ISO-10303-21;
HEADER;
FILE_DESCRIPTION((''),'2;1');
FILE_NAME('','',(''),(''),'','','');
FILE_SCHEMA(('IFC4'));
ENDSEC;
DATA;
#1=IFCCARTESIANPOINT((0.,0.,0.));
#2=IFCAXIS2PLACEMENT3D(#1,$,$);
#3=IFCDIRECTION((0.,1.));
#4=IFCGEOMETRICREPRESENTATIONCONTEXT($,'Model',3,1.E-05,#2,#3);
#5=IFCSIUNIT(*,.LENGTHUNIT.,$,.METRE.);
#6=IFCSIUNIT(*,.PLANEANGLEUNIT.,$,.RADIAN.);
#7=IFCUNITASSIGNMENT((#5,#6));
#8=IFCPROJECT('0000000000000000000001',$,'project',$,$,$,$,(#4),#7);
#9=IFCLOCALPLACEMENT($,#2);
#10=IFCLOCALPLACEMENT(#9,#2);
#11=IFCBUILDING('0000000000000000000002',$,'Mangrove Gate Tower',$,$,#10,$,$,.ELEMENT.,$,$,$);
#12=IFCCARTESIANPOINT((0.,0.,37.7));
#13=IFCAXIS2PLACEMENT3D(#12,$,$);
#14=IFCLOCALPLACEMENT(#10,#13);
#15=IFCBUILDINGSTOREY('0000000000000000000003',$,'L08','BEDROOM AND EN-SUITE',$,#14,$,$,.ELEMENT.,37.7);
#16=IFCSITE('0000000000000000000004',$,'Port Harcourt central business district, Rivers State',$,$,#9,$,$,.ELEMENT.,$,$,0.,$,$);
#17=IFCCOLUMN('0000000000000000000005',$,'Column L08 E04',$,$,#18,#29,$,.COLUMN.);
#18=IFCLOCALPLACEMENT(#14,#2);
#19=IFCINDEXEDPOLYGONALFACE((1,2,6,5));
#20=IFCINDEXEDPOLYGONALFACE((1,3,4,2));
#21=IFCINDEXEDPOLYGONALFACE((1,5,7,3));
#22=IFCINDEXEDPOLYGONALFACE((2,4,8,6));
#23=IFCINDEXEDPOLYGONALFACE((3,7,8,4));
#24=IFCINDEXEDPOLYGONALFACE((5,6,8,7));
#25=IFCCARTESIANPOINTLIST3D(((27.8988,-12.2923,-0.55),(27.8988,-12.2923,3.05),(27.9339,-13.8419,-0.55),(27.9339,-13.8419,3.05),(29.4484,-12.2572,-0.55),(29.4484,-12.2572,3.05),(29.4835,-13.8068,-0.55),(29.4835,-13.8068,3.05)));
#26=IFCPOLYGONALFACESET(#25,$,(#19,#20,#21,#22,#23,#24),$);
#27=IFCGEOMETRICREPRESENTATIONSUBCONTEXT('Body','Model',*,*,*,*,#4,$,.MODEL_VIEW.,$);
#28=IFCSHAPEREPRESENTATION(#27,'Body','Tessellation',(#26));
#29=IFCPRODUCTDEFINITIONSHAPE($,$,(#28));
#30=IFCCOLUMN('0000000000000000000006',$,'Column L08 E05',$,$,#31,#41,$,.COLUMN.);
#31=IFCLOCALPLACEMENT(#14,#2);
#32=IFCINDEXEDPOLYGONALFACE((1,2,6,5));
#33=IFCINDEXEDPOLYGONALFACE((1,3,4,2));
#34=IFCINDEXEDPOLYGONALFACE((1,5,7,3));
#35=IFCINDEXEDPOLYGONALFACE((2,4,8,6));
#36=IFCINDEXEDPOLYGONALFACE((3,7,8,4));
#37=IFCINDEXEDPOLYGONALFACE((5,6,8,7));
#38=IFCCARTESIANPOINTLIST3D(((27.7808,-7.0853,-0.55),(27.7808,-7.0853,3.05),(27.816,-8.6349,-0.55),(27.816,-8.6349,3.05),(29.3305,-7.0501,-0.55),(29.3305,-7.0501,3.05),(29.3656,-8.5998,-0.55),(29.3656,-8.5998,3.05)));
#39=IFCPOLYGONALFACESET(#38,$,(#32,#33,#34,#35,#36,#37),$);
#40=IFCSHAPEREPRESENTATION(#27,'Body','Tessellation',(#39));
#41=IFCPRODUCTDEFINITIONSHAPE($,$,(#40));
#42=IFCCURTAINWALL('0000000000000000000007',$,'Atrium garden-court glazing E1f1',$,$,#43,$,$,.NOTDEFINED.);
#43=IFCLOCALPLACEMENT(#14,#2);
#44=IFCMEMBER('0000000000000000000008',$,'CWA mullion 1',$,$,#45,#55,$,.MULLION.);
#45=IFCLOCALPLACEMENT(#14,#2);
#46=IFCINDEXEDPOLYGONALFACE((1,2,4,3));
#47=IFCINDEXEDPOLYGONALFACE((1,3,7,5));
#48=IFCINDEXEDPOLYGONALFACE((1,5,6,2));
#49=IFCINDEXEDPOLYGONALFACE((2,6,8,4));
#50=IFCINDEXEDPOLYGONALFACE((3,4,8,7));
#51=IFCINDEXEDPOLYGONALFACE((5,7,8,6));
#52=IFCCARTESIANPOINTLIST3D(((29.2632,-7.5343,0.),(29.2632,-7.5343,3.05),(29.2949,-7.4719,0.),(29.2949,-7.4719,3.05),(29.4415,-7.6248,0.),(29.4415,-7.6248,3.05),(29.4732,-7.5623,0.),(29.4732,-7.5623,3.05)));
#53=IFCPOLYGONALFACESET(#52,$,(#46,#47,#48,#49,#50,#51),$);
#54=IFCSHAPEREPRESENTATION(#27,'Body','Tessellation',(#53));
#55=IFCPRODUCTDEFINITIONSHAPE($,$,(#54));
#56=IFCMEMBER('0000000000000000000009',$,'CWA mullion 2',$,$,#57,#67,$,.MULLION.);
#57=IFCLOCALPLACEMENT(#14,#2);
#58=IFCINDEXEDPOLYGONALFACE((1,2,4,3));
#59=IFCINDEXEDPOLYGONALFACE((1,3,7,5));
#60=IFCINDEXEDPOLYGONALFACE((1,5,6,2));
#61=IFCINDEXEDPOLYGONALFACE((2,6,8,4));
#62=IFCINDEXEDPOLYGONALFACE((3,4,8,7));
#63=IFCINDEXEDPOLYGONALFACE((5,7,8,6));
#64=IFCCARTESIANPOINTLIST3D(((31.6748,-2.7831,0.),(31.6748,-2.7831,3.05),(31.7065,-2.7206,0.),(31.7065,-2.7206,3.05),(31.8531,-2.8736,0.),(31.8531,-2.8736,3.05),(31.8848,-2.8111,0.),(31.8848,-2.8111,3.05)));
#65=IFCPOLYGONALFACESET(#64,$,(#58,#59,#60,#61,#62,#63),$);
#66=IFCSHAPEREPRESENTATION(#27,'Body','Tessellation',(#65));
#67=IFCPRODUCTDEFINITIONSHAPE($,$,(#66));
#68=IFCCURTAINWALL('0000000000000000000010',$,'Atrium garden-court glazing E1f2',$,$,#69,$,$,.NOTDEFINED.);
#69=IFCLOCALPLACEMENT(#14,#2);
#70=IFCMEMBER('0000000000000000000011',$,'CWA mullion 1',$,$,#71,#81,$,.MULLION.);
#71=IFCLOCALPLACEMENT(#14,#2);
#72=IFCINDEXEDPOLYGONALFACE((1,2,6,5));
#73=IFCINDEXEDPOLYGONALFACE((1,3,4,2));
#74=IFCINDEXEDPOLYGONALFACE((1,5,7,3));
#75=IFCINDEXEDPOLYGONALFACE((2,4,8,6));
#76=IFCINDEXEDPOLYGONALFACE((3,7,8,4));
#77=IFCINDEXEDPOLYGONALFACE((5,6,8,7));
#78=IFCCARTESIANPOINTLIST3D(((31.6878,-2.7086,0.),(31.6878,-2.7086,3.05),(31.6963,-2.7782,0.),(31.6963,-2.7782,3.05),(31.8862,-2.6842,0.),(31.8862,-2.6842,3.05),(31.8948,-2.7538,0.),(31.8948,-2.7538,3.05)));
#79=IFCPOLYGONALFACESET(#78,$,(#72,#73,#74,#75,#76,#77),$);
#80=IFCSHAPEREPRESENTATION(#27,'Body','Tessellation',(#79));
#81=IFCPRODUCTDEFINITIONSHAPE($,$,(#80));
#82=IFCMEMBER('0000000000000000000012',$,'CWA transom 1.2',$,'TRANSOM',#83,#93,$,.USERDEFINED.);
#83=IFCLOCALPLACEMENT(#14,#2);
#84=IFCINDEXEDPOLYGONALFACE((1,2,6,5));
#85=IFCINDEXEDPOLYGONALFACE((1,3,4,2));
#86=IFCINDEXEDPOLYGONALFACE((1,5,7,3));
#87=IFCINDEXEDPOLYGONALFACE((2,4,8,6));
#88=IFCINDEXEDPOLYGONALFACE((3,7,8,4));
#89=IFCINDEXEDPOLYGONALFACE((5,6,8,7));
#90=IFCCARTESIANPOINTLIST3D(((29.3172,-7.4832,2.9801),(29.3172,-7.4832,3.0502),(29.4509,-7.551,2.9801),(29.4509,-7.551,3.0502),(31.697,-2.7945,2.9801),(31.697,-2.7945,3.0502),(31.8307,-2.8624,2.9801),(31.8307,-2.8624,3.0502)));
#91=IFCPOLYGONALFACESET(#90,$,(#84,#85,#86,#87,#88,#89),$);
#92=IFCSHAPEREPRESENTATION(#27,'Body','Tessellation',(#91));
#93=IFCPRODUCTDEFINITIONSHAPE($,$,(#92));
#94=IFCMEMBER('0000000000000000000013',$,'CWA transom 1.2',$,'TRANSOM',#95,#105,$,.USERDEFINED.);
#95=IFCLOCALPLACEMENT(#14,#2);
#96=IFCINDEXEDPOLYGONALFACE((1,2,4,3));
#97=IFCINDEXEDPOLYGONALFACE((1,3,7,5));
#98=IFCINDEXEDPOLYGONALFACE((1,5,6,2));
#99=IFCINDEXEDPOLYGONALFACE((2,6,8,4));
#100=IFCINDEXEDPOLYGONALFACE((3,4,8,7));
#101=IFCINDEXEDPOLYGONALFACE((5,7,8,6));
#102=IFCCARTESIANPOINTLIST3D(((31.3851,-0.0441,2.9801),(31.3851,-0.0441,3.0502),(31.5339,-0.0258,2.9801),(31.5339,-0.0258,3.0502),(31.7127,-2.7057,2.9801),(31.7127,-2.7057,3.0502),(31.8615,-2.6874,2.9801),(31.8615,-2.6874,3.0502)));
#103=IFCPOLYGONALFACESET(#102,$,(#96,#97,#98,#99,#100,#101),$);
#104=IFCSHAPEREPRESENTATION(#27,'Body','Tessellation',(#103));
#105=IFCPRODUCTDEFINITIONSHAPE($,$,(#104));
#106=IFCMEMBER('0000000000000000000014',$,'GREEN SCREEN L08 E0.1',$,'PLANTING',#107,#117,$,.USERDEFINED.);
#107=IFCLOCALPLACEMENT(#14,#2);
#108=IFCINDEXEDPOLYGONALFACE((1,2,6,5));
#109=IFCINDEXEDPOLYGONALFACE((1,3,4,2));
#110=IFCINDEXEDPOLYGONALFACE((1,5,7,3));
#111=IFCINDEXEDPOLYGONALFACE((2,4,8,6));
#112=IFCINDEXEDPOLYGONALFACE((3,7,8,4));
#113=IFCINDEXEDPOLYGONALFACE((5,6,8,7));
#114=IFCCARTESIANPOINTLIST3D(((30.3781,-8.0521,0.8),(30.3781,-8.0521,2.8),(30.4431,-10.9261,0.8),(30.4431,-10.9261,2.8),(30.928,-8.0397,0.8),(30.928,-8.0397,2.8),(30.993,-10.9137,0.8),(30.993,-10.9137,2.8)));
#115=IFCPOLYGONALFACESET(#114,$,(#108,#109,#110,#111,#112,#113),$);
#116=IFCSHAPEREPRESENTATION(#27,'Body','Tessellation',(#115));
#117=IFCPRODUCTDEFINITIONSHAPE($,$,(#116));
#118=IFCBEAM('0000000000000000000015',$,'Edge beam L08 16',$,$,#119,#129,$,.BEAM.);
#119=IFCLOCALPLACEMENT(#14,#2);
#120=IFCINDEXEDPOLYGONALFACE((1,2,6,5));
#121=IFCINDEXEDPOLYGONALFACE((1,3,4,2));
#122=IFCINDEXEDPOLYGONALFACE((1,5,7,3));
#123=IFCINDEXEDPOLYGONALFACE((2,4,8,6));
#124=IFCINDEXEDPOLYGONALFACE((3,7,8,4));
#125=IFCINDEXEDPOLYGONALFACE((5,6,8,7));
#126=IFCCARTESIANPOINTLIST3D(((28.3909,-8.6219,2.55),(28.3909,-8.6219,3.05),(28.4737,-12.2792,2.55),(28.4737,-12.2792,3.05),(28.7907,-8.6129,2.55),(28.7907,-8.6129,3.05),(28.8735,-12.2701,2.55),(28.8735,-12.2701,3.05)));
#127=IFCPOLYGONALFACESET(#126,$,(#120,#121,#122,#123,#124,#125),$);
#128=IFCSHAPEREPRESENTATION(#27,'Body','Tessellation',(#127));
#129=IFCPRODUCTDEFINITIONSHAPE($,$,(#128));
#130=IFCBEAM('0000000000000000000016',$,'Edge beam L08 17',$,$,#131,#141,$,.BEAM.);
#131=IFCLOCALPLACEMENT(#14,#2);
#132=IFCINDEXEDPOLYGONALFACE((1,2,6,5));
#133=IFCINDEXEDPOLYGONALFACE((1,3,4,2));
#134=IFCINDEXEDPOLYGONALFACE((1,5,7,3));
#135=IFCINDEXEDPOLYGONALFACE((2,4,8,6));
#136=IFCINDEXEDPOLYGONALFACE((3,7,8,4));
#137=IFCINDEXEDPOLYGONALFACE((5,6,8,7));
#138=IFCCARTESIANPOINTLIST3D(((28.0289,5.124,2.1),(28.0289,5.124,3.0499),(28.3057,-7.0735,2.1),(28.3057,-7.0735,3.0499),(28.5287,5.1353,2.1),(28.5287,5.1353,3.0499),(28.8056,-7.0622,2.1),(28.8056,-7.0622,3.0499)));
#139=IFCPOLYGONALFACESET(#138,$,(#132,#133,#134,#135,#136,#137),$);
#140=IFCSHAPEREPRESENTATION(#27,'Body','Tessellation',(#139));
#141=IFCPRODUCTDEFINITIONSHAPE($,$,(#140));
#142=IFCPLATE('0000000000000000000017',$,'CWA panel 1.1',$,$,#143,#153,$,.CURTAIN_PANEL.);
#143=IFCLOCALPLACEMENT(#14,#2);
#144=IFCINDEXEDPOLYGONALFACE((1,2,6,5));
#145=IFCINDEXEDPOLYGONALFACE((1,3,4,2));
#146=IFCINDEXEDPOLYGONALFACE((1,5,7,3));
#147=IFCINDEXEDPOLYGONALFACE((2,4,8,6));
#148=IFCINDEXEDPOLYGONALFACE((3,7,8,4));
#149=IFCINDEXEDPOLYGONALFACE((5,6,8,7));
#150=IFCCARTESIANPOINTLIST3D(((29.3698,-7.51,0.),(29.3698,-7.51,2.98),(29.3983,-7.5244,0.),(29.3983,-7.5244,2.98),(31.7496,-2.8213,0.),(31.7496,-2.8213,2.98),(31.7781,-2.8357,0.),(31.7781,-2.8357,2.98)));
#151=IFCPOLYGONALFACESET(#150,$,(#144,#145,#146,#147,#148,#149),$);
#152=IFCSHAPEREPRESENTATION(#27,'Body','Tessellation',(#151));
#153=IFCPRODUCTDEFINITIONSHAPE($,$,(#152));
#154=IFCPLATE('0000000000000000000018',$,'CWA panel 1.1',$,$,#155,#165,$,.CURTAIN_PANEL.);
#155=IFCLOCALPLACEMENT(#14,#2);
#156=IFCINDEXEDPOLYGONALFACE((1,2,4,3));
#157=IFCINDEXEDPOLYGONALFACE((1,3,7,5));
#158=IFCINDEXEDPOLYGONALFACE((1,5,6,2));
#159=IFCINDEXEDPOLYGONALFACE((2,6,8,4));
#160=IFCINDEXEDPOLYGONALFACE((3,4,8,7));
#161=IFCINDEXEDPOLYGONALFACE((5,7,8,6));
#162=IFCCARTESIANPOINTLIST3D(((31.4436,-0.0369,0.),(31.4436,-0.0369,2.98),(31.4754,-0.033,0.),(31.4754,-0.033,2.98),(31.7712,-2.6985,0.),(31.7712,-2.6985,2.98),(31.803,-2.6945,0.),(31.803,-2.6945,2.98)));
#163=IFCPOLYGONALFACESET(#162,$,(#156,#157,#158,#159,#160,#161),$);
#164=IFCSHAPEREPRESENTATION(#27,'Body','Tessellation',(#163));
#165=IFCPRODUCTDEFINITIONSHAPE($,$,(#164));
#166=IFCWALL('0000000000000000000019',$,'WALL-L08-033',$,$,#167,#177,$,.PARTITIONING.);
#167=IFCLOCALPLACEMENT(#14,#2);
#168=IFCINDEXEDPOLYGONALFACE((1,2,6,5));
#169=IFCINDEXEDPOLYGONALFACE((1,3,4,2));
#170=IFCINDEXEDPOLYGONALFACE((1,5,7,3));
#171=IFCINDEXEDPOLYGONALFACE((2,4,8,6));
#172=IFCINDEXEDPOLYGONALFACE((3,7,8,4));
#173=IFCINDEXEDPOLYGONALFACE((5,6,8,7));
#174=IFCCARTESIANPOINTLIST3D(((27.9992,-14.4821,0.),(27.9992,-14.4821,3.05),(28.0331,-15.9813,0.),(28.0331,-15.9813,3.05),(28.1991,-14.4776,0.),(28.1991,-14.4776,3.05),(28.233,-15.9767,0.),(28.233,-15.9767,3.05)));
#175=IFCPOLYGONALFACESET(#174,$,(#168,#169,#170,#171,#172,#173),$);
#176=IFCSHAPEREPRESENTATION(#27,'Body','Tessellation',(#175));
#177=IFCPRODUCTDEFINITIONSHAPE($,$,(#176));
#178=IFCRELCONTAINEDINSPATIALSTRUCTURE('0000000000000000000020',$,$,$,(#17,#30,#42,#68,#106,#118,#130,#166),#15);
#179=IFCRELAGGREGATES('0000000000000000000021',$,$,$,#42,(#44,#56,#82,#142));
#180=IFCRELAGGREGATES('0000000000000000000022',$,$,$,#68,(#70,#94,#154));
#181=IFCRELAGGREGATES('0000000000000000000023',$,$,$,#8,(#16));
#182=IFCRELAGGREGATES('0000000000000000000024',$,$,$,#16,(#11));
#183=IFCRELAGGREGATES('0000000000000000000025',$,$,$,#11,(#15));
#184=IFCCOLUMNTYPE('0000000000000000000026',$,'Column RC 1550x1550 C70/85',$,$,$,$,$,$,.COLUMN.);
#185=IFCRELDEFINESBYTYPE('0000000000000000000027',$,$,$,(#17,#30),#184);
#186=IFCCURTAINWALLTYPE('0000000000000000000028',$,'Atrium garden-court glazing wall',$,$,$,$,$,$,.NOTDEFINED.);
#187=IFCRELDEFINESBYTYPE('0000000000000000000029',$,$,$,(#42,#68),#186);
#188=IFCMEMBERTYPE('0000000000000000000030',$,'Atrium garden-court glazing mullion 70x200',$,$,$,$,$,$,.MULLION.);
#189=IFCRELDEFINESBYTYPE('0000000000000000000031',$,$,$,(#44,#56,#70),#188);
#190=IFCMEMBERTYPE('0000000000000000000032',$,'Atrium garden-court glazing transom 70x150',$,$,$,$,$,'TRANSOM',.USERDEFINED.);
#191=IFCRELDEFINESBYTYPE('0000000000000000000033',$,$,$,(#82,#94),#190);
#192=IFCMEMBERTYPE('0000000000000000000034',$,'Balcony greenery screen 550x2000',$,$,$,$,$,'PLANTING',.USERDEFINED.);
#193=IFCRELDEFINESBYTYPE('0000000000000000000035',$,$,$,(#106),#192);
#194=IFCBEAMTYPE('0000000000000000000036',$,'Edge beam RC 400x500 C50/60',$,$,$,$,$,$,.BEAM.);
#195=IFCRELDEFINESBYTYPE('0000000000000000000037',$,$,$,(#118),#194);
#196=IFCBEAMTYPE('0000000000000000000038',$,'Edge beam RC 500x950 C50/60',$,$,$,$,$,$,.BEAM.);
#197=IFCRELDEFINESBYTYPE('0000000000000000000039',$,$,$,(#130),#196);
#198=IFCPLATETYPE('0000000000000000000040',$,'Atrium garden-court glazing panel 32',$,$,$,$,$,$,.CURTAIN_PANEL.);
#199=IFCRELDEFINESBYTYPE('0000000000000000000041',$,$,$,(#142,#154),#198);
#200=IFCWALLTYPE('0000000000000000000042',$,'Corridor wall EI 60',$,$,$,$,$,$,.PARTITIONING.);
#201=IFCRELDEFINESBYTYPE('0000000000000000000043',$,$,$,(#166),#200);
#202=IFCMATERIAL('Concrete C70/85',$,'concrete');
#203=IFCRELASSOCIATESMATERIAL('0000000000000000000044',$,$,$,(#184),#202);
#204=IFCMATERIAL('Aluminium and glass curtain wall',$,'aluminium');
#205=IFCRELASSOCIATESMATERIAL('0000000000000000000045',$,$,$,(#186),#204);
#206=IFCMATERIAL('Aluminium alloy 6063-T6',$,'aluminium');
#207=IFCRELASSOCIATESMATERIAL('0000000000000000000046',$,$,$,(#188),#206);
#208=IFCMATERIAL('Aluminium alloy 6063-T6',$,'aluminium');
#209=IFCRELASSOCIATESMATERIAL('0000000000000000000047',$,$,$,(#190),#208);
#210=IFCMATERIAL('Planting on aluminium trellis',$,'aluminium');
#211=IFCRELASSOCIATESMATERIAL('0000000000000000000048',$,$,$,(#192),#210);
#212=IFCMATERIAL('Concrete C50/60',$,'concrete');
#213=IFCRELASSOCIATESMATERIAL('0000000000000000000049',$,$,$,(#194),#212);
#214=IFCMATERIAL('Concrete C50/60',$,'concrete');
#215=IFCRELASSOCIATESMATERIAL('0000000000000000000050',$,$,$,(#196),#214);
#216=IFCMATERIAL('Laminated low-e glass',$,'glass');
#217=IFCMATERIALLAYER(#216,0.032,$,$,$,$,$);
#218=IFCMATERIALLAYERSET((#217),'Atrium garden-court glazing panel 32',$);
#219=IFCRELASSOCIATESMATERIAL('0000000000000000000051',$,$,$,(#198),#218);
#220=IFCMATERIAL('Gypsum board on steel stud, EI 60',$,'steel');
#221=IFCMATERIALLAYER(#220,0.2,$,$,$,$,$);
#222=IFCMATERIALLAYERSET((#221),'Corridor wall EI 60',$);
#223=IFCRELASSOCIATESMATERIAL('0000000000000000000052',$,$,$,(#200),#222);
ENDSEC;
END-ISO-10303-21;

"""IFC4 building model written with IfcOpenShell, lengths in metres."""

from ifc_helpers import new_model, si_unit, direction, frame, frame_2d, origin, origin_2d, place, context, subcontext, project, spatial, rectangle, extrude, material, layer, layer_set, material_profile, profile_set, type_object, element, aggregate, save


model = new_model("IFC4")

# Units and contexts
model_context = context("Model", 3, precision=1e-05, world=origin(), true_north=direction((0.0, 1.0)))
body_context = subcontext(model_context, "Body", "Model", "MODEL_VIEW")
ifc_project = project(units=[si_unit("LENGTHUNIT", "METRE"), si_unit("PLANEANGLEUNIT", "RADIAN")], contexts=[model_context])

# Site, building, storey
site_placement = place(None, origin())
site = spatial("IfcSite", under=ifc_project, at=site_placement, Name="Port Harcourt central business district, Rivers State", CompositionType="ELEMENT", RefElevation=0.0)
building_placement = place(site_placement, origin())
building = spatial("IfcBuilding", under=site, at=building_placement, Name="Mangrove Gate Tower", CompositionType="ELEMENT")
storey_placement = place(building_placement, frame((0.0, 0.0, 37.7)))
storey = spatial("IfcBuildingStorey", under=building, at=storey_placement, Name="L08", Description="BEDROOM AND EN-SUITE", CompositionType="ELEMENT", Elevation=37.7)

# Columns
ifc_material_1 = material(Name="Concrete C70/85", Category="concrete")
ifc_material_profile_1 = material_profile(ifc_material_1, rectangle(XDim=1.55, YDim=1.55, at=origin_2d()))
ifc_profile_set_1 = profile_set([ifc_material_profile_1], Name="Concrete C70/85")
column_type = type_object("IfcColumnType", Name="Column RC 1550x1550 C70/85", PredefinedType="COLUMN", material=ifc_profile_set_1)
for number, where, z_axis, x_axis, name in (
    (1, (28.6912, -13.0496, -0.55), (0.0, 0.0, 1.0), (-0.022656, 0.999743, 0.0), "Column L08 E04"),
    (2, (28.5732, -7.8425, -0.55), (0.0, 0.0, 1.0), (-0.022681, 0.999743, 0.0), "Column L08 E05"),
):
    element("IfcColumn", number, at=place(storey_placement, frame(where, z_axis=z_axis, x_axis=x_axis)), inside=storey, type_object=column_type, Name=name, PredefinedType="COLUMN", context=body_context, shape_type="SweptSolid", body=[
        extrude(rectangle(XDim=1.55, YDim=1.55, at=origin_2d()), origin(), (0.0, 0.0, 1.0), 3.6001),
    ])

# Curtain wall, members
ifc_material_2 = material(Name="Aluminium and glass curtain wall", Category="aluminium")
curtain_wall_type = type_object("IfcCurtainWallType", Name="Atrium garden-court glazing wall", PredefinedType="NOTDEFINED", material=ifc_material_2)
curtain_wall_1_placement = place(storey_placement, origin())
curtain_wall_1 = element("IfcCurtainWall", 3, at=curtain_wall_1_placement, inside=storey, type_object=curtain_wall_type, Name="Atrium garden-court glazing E1f1", PredefinedType="NOTDEFINED")
ifc_material_3 = material(Name="Aluminium alloy 6063-T6", Category="aluminium")
ifc_material_profile_2 = material_profile(ifc_material_3, rectangle(XDim=0.0701, YDim=0.2, at=origin_2d()))
ifc_profile_set_2 = profile_set([ifc_material_profile_2], Name="Aluminium alloy 6063-T6")
member_type_1 = type_object("IfcMemberType", Name="Atrium garden-court glazing mullion 70x200", PredefinedType="MULLION", material=ifc_profile_set_2)
member_1_placement = place(storey_placement, frame((29.3682, -7.5483, 0.0), z_axis=(0.0, 0.0, 1.0), x_axis=(0.4526, 0.891714, 0.0)))
member_1 = element("IfcMember", 4, at=member_1_placement, type_object=member_type_1, Name="CWA mullion 1", PredefinedType="MULLION", context=body_context, shape_type="SweptSolid", body=[
    extrude(rectangle(XDim=0.0701, YDim=0.2, at=origin_2d()), origin(), (0.0, 0.0, 1.0), 3.05),
])
member_2_placement = place(storey_placement, frame((31.7798, -2.7971, 0.0), z_axis=(0.0, 0.0, 1.0), x_axis=(0.4526, 0.891714, 0.0)))
member_2 = element("IfcMember", 5, at=member_2_placement, type_object=member_type_1, Name="CWA mullion 2", PredefinedType="MULLION", context=body_context, shape_type="SweptSolid", body=[
    extrude(rectangle(XDim=0.0701, YDim=0.2, at=origin_2d()), origin(), (0.0, 0.0, 1.0), 3.05),
])

# Curtain wall, member
curtain_wall_2_placement = place(storey_placement, origin())
curtain_wall_2 = element("IfcCurtainWall", 6, at=curtain_wall_2_placement, inside=storey, type_object=curtain_wall_type, Name="Atrium garden-court glazing E1f2", PredefinedType="NOTDEFINED")
member_3_placement = place(storey_placement, frame((31.7913, -2.7312, 0.0), z_axis=(0.0, 0.0, 1.0), x_axis=(-0.122172, 0.992509, 0.0)))
member_3 = element("IfcMember", 7, at=member_3_placement, type_object=member_type_1, Name="CWA mullion 1", PredefinedType="MULLION", context=body_context, shape_type="SweptSolid", body=[
    extrude(rectangle(XDim=0.0701, YDim=0.2, at=origin_2d()), origin(), (0.0, 0.0, 1.0), 3.05),
])

# Members
ifc_material_4 = material(Name="Aluminium alloy 6063-T6", Category="aluminium")
ifc_material_profile_3 = material_profile(ifc_material_4, rectangle(XDim=0.0701, YDim=0.1499, at=origin_2d()))
ifc_profile_set_3 = profile_set([ifc_material_profile_3], Name="Aluminium alloy 6063-T6")
member_type_2 = type_object("IfcMemberType", Name="Atrium garden-court glazing transom 70x150", ElementType="TRANSOM", PredefinedType="USERDEFINED", material=ifc_profile_set_3)
member_4_placement = place(storey_placement, frame((29.384, -7.5171, 3.0151), z_axis=(0.45261, 0.891709, 0.0), x_axis=(0.0, 0.0, 1.0)))
member_4 = element("IfcMember", 8, at=member_4_placement, type_object=member_type_2, Name="CWA transom 1.2", ObjectType="TRANSOM", PredefinedType="USERDEFINED", context=body_context, shape_type="SweptSolid", body=[
    extrude(rectangle(XDim=0.0701, YDim=0.1499, at=origin_2d()), origin(), (0.0, 0.0, 1.0), 5.2581),
])
member_5_placement = place(storey_placement, frame((31.7871, -2.6965, 3.0151), z_axis=(-0.122175, 0.992509, 0.0), x_axis=(0.0, 0.0, 1.0)))
member_5 = element("IfcMember", 9, at=member_5_placement, type_object=member_type_2, Name="CWA transom 1.2", ObjectType="TRANSOM", PredefinedType="USERDEFINED", context=body_context, shape_type="SweptSolid", body=[
    extrude(rectangle(XDim=0.0701, YDim=0.1499, at=origin_2d()), origin(), (0.0, 0.0, 1.0), 2.6816),
])
ifc_material_5 = material(Name="Planting on aluminium trellis", Category="aluminium")
ifc_material_profile_4 = material_profile(ifc_material_5, rectangle(XDim=0.55, YDim=2.0, at=origin_2d()))
ifc_profile_set_4 = profile_set([ifc_material_profile_4], Name="Planting on aluminium trellis")
member_type_3 = type_object("IfcMemberType", Name="Balcony greenery screen 550x2000", ElementType="PLANTING", PredefinedType="USERDEFINED", material=ifc_profile_set_4)
member_6_placement = place(storey_placement, frame((30.718, -10.9199, 1.8), z_axis=(-0.02259, 0.999745, 0.0), x_axis=(-0.999745, -0.02259, 0.0)))
element("IfcMember", 10, at=member_6_placement, inside=storey, type_object=member_type_3, Name="GREEN SCREEN L08 E0.1", ObjectType="PLANTING", PredefinedType="USERDEFINED", context=body_context, shape_type="SweptSolid", body=[
    extrude(rectangle(XDim=0.55, YDim=2.0, at=origin_2d()), origin(), (0.0, 0.0, 1.0), 2.8748),
])

# Beams
ifc_material_6 = material(Name="Concrete C50/60", Category="concrete")
ifc_material_profile_5 = material_profile(ifc_material_6, rectangle(XDim=0.3999, YDim=0.5, at=origin_2d()))
ifc_profile_set_5 = profile_set([ifc_material_profile_5], Name="Concrete C50/60")
beam_type_1 = type_object("IfcBeamType", Name="Edge beam RC 400x500 C50/60", PredefinedType="BEAM", material=ifc_profile_set_5)
beam_1_placement = place(storey_placement, frame((28.6736, -12.2747, 2.8), z_axis=(-0.022624, 0.999744, 0.0), x_axis=(-0.999744, -0.022624, 0.0)))
element("IfcBeam", 11, at=beam_1_placement, inside=storey, type_object=beam_type_1, Name="Edge beam L08 16", PredefinedType="BEAM", context=body_context, shape_type="SweptSolid", body=[
    extrude(rectangle(XDim=0.3999, YDim=0.5, at=origin_2d()), origin(), (0.0, 0.0, 1.0), 3.6582),
])
ifc_material_7 = material(Name="Concrete C50/60", Category="concrete")
ifc_material_profile_6 = material_profile(ifc_material_7, rectangle(XDim=0.5, YDim=0.95, at=origin_2d()))
ifc_profile_set_6 = profile_set([ifc_material_profile_6], Name="Concrete C50/60")
beam_type_2 = type_object("IfcBeamType", Name="Edge beam RC 500x950 C50/60", PredefinedType="BEAM", material=ifc_profile_set_6)
beam_2_placement = place(storey_placement, frame((28.5557, -7.0679, 2.575), z_axis=(-0.022692, 0.999743, 0.0), x_axis=(-0.999743, -0.022692, 0.0)))
element("IfcBeam", 12, at=beam_2_placement, inside=storey, type_object=beam_type_2, Name="Edge beam L08 17", PredefinedType="BEAM", context=body_context, shape_type="SweptSolid", body=[
    extrude(rectangle(XDim=0.5, YDim=0.95, at=origin_2d()), origin(), (0.0, 0.0, 1.0), 12.2007),
])

# Plates
ifc_material_8 = material(Name="Laminated low-e glass", Category="glass")
ifc_layer_1 = layer(ifc_material_8, 0.032)
ifc_layer_set_1 = layer_set([ifc_layer_1], Name="Atrium garden-court glazing panel 32")
plate_type = type_object("IfcPlateType", Name="Atrium garden-court glazing panel 32", PredefinedType="CURTAIN_PANEL", material=ifc_layer_set_1)
plate_1_placement = place(storey_placement, frame((30.574, -5.1729, 0.0), z_axis=(0.0, 0.0, 1.0), x_axis=(0.4526, 0.891714, 0.0)))
plate_1 = element("IfcPlate", 13, at=plate_1_placement, type_object=plate_type, Name="CWA panel 1.1", PredefinedType="CURTAIN_PANEL", context=body_context, shape_type="SweptSolid", body=[
    extrude(rectangle(XDim=5.2581, YDim=0.032, at=origin_2d()), origin(), (0.0, 0.0, 1.0), 2.98),
])
aggregate(curtain_wall_1, [member_1, member_2, member_4, plate_1])
plate_2_placement = place(storey_placement, frame((31.6233, -1.3657, 0.0), z_axis=(0.0, 0.0, 1.0), x_axis=(-0.122172, 0.992509, 0.0)))
plate_2 = element("IfcPlate", 14, at=plate_2_placement, type_object=plate_type, Name="CWA panel 1.1", PredefinedType="CURTAIN_PANEL", context=body_context, shape_type="SweptSolid", body=[
    extrude(rectangle(XDim=2.6816, YDim=0.032, at=origin_2d()), origin(), (0.0, 0.0, 1.0), 2.98),
])
aggregate(curtain_wall_2, [member_3, member_5, plate_2])

# Wall
ifc_material_9 = material(Name="Gypsum board on steel stud, EI 60", Category="steel")
ifc_layer_2 = layer(ifc_material_9, 0.2)
ifc_layer_set_2 = layer_set([ifc_layer_2], Name="Corridor wall EI 60")
wall_type_1 = type_object("IfcWallType", Name="Corridor wall EI 60", PredefinedType="PARTITIONING", material=ifc_layer_set_2)
wall_1_placement = place(storey_placement, frame((28.1331, -15.979, 0.0), z_axis=(0.0, 0.0, 1.0), x_axis=(-0.022633, 0.999744, 0.0)))
element("IfcWall", 15, at=wall_1_placement, inside=storey, type_object=wall_type_1, Name="WALL-L08-033", PredefinedType="PARTITIONING", context=body_context, shape_type="SweptSolid", body=[
    extrude(rectangle(XDim=1.4995, YDim=0.2, at=frame_2d((0.7498, 0.0))), origin(), (0.0, 0.0, 1.0), 3.05),
])

save(model, "model.ifc")
